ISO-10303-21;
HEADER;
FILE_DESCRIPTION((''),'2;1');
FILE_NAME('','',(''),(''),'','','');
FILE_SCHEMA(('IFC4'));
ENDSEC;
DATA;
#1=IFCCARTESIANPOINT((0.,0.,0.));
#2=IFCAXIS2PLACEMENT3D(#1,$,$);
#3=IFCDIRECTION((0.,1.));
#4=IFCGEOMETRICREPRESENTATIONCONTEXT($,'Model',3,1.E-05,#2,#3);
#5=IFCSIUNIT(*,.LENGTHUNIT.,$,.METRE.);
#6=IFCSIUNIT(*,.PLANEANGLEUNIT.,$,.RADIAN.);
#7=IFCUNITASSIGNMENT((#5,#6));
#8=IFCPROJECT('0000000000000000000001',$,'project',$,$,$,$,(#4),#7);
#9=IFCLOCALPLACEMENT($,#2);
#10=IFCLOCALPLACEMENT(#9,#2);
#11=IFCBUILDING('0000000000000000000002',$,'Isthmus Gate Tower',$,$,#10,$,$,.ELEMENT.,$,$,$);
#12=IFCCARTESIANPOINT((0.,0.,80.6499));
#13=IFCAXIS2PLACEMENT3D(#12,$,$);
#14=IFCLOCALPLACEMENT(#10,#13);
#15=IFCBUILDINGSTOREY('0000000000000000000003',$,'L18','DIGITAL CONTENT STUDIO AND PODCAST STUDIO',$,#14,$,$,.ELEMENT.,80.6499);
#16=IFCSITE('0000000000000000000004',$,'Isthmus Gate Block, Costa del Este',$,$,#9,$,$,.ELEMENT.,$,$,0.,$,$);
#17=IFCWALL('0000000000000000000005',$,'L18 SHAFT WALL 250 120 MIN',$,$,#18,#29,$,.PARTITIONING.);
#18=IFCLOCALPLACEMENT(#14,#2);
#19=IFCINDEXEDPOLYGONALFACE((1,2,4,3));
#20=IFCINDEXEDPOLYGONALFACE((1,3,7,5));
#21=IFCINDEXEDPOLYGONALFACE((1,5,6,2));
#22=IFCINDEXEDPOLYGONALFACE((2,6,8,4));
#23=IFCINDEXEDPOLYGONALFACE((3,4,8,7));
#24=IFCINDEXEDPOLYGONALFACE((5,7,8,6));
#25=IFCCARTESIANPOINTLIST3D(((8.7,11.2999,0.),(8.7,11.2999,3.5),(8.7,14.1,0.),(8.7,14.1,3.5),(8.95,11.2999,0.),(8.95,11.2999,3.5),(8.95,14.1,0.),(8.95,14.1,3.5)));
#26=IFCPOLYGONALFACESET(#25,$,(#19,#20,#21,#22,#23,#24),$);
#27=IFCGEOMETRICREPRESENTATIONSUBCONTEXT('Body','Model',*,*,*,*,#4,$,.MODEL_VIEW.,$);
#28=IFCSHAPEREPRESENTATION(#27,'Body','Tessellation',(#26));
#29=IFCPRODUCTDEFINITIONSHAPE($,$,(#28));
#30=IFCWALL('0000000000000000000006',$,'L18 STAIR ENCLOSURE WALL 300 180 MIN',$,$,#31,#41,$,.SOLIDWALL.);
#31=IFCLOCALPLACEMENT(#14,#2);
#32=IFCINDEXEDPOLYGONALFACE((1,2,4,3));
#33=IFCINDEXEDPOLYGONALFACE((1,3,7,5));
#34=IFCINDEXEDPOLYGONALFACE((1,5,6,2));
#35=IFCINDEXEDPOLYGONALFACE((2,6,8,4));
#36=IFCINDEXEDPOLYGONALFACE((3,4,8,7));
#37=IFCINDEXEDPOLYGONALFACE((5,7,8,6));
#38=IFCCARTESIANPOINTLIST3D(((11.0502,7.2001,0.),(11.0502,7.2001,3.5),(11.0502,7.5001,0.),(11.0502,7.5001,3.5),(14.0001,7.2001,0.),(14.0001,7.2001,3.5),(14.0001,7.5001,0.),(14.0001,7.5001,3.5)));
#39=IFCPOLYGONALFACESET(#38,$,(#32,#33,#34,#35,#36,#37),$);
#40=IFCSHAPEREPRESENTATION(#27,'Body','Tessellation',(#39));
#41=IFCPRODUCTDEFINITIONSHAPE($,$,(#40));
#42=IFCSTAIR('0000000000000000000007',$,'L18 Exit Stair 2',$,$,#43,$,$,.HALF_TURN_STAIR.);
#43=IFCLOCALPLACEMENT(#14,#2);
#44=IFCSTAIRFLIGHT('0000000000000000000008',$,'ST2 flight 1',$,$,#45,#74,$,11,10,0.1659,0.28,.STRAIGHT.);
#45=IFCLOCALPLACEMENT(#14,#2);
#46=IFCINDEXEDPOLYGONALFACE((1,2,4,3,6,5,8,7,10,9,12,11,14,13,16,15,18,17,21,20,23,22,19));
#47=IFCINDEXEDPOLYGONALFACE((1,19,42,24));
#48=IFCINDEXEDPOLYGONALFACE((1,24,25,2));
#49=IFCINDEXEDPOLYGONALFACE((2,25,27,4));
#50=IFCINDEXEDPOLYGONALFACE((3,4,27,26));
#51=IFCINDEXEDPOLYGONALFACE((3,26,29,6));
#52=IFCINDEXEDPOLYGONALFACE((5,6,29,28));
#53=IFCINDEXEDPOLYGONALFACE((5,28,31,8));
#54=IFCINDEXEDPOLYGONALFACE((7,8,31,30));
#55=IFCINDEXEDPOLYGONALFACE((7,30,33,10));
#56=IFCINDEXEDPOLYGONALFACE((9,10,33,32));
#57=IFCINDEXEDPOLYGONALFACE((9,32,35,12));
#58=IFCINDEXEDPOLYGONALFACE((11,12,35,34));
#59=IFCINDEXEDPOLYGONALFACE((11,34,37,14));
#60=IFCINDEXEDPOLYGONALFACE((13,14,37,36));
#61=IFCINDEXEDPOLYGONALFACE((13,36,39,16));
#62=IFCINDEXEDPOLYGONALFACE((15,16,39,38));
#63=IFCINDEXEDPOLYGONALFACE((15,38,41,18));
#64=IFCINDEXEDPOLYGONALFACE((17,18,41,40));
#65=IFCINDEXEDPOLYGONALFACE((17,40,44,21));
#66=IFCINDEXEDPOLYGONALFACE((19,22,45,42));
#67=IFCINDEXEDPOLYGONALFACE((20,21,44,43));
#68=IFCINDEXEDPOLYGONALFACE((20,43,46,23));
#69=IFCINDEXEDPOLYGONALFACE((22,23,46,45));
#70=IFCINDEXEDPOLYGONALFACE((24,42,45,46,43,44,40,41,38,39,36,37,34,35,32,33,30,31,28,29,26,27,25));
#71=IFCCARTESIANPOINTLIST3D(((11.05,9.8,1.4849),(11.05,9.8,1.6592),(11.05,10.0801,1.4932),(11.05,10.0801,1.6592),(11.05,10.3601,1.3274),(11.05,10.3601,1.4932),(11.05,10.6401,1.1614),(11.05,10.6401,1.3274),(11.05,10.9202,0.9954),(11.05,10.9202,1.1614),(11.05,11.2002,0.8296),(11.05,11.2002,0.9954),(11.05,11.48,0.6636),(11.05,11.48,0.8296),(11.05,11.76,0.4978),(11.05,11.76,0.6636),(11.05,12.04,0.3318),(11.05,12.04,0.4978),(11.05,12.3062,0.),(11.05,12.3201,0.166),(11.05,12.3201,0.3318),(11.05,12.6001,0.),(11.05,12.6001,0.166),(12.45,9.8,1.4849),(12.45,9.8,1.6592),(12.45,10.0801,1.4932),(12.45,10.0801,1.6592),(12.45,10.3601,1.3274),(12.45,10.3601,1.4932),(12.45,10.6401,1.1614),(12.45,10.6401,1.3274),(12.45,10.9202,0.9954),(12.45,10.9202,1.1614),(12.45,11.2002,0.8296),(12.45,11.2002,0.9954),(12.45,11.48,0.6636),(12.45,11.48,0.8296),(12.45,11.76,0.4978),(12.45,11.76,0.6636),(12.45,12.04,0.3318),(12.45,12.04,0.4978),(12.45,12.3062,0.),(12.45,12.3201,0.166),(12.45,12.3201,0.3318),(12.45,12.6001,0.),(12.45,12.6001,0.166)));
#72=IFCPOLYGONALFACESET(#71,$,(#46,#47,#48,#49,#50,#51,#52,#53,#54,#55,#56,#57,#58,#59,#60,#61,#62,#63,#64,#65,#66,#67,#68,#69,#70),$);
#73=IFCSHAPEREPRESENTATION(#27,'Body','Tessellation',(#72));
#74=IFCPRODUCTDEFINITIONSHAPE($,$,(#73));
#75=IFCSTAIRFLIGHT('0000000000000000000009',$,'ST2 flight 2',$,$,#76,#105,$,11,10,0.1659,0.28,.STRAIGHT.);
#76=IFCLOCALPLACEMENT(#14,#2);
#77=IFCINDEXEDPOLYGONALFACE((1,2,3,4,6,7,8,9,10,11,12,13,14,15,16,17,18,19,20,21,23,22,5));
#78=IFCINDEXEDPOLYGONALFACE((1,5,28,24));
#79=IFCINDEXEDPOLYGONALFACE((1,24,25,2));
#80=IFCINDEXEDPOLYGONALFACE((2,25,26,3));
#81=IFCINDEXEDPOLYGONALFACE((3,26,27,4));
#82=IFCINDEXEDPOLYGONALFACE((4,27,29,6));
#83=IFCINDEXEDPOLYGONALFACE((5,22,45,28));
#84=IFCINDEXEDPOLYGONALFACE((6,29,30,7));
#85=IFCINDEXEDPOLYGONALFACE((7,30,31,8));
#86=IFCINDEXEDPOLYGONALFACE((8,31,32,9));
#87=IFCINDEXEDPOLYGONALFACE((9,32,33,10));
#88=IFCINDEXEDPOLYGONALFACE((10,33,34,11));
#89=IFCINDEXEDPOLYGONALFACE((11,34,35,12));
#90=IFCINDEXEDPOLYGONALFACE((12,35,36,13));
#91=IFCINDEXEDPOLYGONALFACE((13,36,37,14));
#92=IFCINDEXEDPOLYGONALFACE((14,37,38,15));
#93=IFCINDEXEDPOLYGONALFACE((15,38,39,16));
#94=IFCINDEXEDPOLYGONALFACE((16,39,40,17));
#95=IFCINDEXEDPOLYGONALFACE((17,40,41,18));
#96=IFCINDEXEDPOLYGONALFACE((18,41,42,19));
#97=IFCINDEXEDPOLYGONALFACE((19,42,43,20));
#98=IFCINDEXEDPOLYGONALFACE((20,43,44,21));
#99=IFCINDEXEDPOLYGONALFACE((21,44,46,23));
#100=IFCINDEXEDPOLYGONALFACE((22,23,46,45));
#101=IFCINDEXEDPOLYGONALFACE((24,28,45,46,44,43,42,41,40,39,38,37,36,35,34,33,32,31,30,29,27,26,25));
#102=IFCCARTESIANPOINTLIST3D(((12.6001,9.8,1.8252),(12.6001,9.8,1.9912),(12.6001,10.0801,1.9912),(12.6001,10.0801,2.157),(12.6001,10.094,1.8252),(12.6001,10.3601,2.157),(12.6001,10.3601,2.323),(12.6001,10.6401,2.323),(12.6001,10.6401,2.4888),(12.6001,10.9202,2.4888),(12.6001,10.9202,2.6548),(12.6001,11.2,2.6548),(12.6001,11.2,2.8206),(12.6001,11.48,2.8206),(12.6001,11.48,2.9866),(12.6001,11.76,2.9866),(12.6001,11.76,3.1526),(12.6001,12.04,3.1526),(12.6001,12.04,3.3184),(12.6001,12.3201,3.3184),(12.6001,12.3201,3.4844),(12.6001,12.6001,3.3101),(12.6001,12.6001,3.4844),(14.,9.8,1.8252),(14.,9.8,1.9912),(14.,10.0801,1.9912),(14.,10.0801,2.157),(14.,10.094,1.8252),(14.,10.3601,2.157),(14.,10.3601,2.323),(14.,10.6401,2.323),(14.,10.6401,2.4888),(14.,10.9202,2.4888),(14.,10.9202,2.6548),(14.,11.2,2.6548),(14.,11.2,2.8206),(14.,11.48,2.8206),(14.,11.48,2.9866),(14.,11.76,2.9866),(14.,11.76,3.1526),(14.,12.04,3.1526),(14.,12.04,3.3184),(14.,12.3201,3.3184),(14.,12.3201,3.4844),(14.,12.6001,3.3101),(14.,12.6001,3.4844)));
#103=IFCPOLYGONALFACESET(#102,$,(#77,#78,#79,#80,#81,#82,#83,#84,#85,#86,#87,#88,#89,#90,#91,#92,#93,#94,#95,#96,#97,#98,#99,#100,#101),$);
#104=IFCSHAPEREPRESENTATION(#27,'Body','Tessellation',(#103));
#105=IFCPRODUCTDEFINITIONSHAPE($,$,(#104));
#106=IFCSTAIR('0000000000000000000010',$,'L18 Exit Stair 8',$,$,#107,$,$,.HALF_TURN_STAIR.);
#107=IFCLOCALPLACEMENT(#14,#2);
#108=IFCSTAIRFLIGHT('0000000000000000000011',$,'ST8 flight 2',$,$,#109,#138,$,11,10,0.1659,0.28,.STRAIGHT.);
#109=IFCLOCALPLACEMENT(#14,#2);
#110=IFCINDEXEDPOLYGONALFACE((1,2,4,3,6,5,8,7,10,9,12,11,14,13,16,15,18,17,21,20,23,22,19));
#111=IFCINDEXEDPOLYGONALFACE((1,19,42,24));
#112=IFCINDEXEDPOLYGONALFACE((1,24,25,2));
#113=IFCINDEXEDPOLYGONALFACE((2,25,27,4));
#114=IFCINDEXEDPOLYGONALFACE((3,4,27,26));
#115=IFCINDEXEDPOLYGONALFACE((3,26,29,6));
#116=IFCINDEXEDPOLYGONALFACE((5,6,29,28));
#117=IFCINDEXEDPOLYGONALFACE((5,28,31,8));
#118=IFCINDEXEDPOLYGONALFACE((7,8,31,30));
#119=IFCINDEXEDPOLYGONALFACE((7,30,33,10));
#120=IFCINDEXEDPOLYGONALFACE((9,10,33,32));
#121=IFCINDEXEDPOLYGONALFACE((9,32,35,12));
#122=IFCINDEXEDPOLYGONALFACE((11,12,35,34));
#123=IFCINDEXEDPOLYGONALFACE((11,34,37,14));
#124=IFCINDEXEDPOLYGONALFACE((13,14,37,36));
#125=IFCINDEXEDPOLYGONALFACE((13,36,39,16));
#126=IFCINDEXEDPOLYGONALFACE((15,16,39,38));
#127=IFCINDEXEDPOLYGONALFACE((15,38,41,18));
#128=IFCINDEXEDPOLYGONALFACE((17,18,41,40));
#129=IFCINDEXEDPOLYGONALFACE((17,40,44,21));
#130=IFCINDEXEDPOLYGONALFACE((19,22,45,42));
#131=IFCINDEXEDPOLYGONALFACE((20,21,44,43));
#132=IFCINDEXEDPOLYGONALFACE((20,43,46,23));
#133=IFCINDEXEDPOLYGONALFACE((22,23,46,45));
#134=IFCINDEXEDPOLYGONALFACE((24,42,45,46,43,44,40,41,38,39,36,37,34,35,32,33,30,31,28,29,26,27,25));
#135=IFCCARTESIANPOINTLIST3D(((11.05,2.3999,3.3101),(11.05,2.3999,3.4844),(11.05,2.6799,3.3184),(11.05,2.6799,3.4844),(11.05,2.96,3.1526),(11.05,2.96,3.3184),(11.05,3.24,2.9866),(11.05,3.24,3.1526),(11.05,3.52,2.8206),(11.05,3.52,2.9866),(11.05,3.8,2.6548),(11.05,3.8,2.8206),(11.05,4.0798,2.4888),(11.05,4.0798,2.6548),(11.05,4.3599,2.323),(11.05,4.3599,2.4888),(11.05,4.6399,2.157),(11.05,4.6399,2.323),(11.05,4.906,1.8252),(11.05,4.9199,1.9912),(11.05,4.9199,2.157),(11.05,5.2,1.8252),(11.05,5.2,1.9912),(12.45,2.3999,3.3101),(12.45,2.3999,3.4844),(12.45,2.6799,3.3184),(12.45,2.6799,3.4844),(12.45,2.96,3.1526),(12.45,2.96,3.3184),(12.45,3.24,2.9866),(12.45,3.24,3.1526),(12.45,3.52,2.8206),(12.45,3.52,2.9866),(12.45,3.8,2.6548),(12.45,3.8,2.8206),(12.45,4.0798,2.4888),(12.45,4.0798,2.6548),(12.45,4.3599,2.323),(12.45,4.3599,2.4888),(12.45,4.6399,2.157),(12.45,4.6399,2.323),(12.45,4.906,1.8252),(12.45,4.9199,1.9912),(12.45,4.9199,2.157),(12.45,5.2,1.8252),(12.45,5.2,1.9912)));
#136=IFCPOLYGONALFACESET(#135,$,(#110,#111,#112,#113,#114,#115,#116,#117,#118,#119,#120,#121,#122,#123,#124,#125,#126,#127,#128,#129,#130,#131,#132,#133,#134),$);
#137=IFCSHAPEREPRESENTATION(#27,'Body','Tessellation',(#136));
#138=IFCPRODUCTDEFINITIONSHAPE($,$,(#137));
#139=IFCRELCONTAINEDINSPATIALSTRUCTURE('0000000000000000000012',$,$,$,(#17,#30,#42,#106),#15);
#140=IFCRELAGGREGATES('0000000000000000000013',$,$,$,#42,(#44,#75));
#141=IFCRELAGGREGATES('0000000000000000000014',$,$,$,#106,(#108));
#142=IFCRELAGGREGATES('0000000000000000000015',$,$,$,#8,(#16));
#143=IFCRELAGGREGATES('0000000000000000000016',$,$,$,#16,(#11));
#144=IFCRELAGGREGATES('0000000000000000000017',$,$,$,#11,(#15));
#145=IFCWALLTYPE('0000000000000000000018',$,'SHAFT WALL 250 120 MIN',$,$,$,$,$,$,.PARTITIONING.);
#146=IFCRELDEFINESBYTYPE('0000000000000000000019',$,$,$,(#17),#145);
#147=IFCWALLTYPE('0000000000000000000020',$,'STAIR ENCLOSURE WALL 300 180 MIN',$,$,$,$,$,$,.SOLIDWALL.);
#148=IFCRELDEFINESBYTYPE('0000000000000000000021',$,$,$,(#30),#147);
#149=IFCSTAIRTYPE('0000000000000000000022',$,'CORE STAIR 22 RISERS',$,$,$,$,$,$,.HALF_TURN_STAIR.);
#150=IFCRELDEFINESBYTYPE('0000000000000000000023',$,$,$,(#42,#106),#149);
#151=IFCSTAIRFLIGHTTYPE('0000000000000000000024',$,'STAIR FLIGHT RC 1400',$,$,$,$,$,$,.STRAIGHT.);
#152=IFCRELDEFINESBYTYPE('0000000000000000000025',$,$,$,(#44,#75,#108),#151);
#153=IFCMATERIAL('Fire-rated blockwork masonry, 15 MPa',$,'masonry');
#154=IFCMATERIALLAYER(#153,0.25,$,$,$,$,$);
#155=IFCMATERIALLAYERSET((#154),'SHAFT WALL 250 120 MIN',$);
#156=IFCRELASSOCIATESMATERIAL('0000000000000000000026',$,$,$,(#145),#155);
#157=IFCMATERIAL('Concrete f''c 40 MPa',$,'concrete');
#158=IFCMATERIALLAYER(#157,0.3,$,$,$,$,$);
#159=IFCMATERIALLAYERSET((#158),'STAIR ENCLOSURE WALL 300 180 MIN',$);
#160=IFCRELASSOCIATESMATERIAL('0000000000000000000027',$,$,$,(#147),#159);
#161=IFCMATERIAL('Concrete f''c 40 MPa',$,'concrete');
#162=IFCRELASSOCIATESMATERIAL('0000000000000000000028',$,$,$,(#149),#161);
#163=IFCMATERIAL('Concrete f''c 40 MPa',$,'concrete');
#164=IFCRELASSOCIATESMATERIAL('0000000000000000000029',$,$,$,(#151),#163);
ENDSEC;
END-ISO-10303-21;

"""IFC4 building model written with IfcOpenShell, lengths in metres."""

from ifc_helpers import new_model, si_unit, direction, frame, frame_2d, origin, place, context, subcontext, project, spatial, polyline, rectangle, outline, extrude, material, layer, layer_set, type_object, element, aggregate, save


model = new_model("IFC4")

# Units and contexts
model_context = context("Model", 3, precision=1e-05, world=origin(), true_north=direction((0.0, 1.0)))
body_context = subcontext(model_context, "Body", "Model", "MODEL_VIEW")
ifc_project = project(units=[si_unit("LENGTHUNIT", "METRE"), si_unit("PLANEANGLEUNIT", "RADIAN")], contexts=[model_context])

# Site, building, storey
site_placement = place(None, origin())
site = spatial("IfcSite", under=ifc_project, at=site_placement, Name="Isthmus Gate Block, Costa del Este", CompositionType="ELEMENT", RefElevation=0.0)
building_placement = place(site_placement, origin())
building = spatial("IfcBuilding", under=site, at=building_placement, Name="Isthmus Gate Tower", CompositionType="ELEMENT")
storey_placement = place(building_placement, frame((0.0, 0.0, 80.6499)))
storey = spatial("IfcBuildingStorey", under=building, at=storey_placement, Name="L18", Description="DIGITAL CONTENT STUDIO AND PODCAST STUDIO", CompositionType="ELEMENT", Elevation=80.6499)

# Walls
ifc_material_1 = material(Name="Fire-rated blockwork masonry, 15 MPa", Category="masonry")
ifc_layer_1 = layer(ifc_material_1, 0.25)
ifc_layer_set_1 = layer_set([ifc_layer_1], Name="SHAFT WALL 250 120 MIN")
wall_type_1 = type_object("IfcWallType", Name="SHAFT WALL 250 120 MIN", PredefinedType="PARTITIONING", material=ifc_layer_set_1)
for number, where, z_axis, x_axis, name in (
    (1, (8.825, 11.3, 0.0), (0.0, 0.0, 1.0), (0.0, 1.0, 0.0), "L18 SHAFT WALL 250 120 MIN"),
):
    element("IfcWall", number, at=place(storey_placement, frame(where, z_axis=z_axis, x_axis=x_axis)), inside=storey, type_object=wall_type_1, Name=name, PredefinedType="PARTITIONING", context=body_context, shape_type="SweptSolid", body=[
        extrude(rectangle(XDim=2.8, YDim=0.25, at=frame_2d((1.3999, 0.0))), origin(), (0.0, 0.0, 1.0), 3.5),
    ])
ifc_material_2 = material(Name="Concrete f'c 40 MPa", Category="concrete")
ifc_layer_2 = layer(ifc_material_2, 0.3)
ifc_layer_set_2 = layer_set([ifc_layer_2], Name="STAIR ENCLOSURE WALL 300 180 MIN")
wall_type_2 = type_object("IfcWallType", Name="STAIR ENCLOSURE WALL 300 180 MIN", PredefinedType="SOLIDWALL", material=ifc_layer_set_2)
wall_1_placement = place(storey_placement, frame((11.05, 7.3501, 0.0), z_axis=(0.0, 0.0, 1.0), x_axis=(1.0, 0.0, 0.0)))
element("IfcWall", 2, at=wall_1_placement, inside=storey, type_object=wall_type_2, Name="L18 STAIR ENCLOSURE WALL 300 180 MIN", PredefinedType="SOLIDWALL", context=body_context, shape_type="SweptSolid", body=[
    extrude(rectangle(XDim=2.95, YDim=0.3, at=frame_2d((1.4751, 0.0))), origin(), (0.0, 0.0, 1.0), 3.5),
])

# Stair, stair flights
ifc_material_3 = material(Name="Concrete f'c 40 MPa", Category="concrete")
stair_type = type_object("IfcStairType", Name="CORE STAIR 22 RISERS", PredefinedType="HALF_TURN_STAIR", material=ifc_material_3)
stair_1_placement = place(storey_placement, origin())
stair_1 = element("IfcStair", 3, at=stair_1_placement, inside=storey, type_object=stair_type, Name="L18 Exit Stair 2", PredefinedType="HALF_TURN_STAIR")
ifc_material_4 = material(Name="Concrete f'c 40 MPa", Category="concrete")
stair_flight_type = type_object("IfcStairFlightType", Name="STAIR FLIGHT RC 1400", PredefinedType="STRAIGHT", material=ifc_material_4)
stair_flight_1_placement = place(storey_placement, frame((11.75, 12.6001, 0.0), z_axis=(0.0, 0.0, 1.0), x_axis=(0.0, -1.0, 0.0)))
stair_flight_1 = element("IfcStairFlight", 4, at=stair_flight_1_placement, type_object=stair_flight_type, Name="ST2 flight 1", NumberOfRisers=11, NumberOfTreads=10, PredefinedType="STRAIGHT", RiserHeight=0.1659, TreadLength=0.28, context=body_context, shape_type="SweptSolid", body=[
    extrude(outline(polyline([(0.0, 0.0), (0.0, 0.166), (0.28, 0.166), (0.28, 0.3318), (0.5601, 0.3318), (0.5601, 0.4978), (0.8401, 0.4978), (0.8401, 0.6636), (1.1201, 0.6636), (1.1201, 0.8296), (1.3999, 0.8296), (1.3999, 0.9954), (1.6799, 0.9954), (1.6799, 1.1614), (1.96, 1.1614), (1.96, 1.3274), (2.24, 1.3274), (2.24, 1.4932), (2.52, 1.4932), (2.52, 1.6592), (2.8, 1.6592), (2.8, 1.825), (2.8, 1.4849), (0.2939, 0.0), (0.0, 0.0)])), frame((0.0, 0.7, 0.0), z_axis=(0.0, -1.0, 0.0), x_axis=(1.0, 0.0, 0.0)), (0.0, 0.0, 1.0), 1.3999),
])
stair_flight_2_placement = place(storey_placement, frame((13.3, 9.8, 1.8252), z_axis=(0.0, 0.0, 1.0), x_axis=(0.0, 1.0, 0.0)))
stair_flight_2 = element("IfcStairFlight", 5, at=stair_flight_2_placement, type_object=stair_flight_type, Name="ST2 flight 2", NumberOfRisers=11, NumberOfTreads=10, PredefinedType="STRAIGHT", RiserHeight=0.1659, TreadLength=0.28, context=body_context, shape_type="SweptSolid", body=[
    extrude(outline(polyline([(0.0, 0.0), (0.0, 0.166), (0.28, 0.166), (0.28, 0.3318), (0.5601, 0.3318), (0.5601, 0.4978), (0.8401, 0.4978), (0.8401, 0.6636), (1.1201, 0.6636), (1.1201, 0.8296), (1.3999, 0.8296), (1.3999, 0.9954), (1.6799, 0.9954), (1.6799, 1.1614), (1.96, 1.1614), (1.96, 1.3274), (2.24, 1.3274), (2.24, 1.4932), (2.52, 1.4932), (2.52, 1.6592), (2.8, 1.6592), (2.8, 1.825), (2.8, 1.4849), (0.2939, 0.0), (0.0, 0.0)])), frame((0.0, 0.7, 0.0), z_axis=(0.0, -1.0, 0.0), x_axis=(1.0, 0.0, 0.0)), (0.0, 0.0, 1.0), 1.3999),
])
aggregate(stair_1, [stair_flight_1, stair_flight_2])

# Stair, stair flight
stair_2_placement = place(storey_placement, origin())
stair_2 = element("IfcStair", 6, at=stair_2_placement, inside=storey, type_object=stair_type, Name="L18 Exit Stair 8", PredefinedType="HALF_TURN_STAIR")
stair_flight_3_placement = place(storey_placement, frame((11.75, 5.2, 1.8252), z_axis=(0.0, 0.0, 1.0), x_axis=(0.0, -1.0, 0.0)))
stair_flight_3 = element("IfcStairFlight", 7, at=stair_flight_3_placement, type_object=stair_flight_type, Name="ST8 flight 2", NumberOfRisers=11, NumberOfTreads=10, PredefinedType="STRAIGHT", RiserHeight=0.1659, TreadLength=0.28, context=body_context, shape_type="SweptSolid", body=[
    extrude(outline(polyline([(0.0, 0.0), (0.0, 0.166), (0.28, 0.166), (0.28, 0.3318), (0.5601, 0.3318), (0.5601, 0.4978), (0.8401, 0.4978), (0.8401, 0.6636), (1.1201, 0.6636), (1.1201, 0.8296), (1.3999, 0.8296), (1.3999, 0.9954), (1.6799, 0.9954), (1.6799, 1.1614), (1.96, 1.1614), (1.96, 1.3274), (2.24, 1.3274), (2.24, 1.4932), (2.52, 1.4932), (2.52, 1.6592), (2.8, 1.6592), (2.8, 1.825), (2.8, 1.4849), (0.2939, 0.0), (0.0, 0.0)])), frame((0.0, 0.7, 0.0), z_axis=(0.0, -1.0, 0.0), x_axis=(1.0, 0.0, 0.0)), (0.0, 0.0, 1.0), 1.3999),
])
aggregate(stair_2, [stair_flight_3])

save(model, "model.ifc")
